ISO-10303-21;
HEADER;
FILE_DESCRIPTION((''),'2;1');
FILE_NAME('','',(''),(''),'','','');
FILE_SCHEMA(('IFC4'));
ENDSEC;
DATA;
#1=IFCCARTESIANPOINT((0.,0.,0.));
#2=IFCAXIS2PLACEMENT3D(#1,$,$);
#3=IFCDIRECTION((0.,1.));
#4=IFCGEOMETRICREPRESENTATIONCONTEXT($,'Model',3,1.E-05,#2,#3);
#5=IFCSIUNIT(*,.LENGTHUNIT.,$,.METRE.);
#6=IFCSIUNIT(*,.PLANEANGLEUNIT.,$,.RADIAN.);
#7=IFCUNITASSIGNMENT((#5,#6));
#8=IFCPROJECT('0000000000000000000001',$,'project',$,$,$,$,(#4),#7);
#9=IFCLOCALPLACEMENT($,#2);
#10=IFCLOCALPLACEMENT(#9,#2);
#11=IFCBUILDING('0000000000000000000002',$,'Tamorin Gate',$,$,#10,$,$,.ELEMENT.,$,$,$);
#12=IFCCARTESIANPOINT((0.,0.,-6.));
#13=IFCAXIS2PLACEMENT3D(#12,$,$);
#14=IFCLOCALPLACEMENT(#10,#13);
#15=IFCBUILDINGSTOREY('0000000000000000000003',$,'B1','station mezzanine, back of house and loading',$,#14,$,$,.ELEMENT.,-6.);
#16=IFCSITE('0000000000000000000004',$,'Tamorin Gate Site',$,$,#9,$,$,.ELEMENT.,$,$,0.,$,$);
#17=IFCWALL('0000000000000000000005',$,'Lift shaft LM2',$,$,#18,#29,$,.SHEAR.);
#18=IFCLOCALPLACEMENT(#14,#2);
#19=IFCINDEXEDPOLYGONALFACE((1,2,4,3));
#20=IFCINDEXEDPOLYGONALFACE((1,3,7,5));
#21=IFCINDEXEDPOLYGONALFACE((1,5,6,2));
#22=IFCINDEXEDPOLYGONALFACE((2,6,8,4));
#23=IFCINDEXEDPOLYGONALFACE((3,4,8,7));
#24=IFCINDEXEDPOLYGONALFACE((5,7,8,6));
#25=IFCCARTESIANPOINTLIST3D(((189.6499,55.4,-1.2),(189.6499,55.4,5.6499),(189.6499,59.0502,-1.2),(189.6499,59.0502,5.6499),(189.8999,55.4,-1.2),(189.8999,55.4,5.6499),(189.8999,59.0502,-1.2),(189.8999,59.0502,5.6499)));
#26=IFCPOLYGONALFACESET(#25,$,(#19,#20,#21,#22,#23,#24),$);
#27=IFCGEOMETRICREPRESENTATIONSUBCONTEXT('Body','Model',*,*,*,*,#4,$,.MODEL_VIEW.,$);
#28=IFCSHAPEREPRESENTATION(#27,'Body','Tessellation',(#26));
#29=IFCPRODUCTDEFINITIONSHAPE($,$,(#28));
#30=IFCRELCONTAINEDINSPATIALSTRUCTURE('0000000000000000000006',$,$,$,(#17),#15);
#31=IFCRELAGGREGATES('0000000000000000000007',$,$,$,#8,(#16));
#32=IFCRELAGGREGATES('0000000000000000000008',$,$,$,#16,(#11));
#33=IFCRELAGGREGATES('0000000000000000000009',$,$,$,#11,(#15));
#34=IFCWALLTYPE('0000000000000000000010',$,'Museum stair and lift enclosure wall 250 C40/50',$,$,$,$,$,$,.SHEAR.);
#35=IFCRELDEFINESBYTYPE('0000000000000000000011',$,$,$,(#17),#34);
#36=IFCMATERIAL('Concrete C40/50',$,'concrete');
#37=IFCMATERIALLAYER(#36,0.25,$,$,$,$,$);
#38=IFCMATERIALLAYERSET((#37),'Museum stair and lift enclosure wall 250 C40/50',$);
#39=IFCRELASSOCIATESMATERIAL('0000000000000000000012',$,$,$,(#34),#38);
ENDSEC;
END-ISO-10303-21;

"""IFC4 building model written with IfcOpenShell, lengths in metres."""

from ifc_helpers import new_model, si_unit, direction, frame, frame_2d, origin, place, context, subcontext, project, spatial, rectangle, extrude, material, layer, layer_set, type_object, element, save


model = new_model("IFC4")

# Units and contexts
model_context = context("Model", 3, precision=1e-05, world=origin(), true_north=direction((0.0, 1.0)))
body_context = subcontext(model_context, "Body", "Model", "MODEL_VIEW")
ifc_project = project(units=[si_unit("LENGTHUNIT", "METRE"), si_unit("PLANEANGLEUNIT", "RADIAN")], contexts=[model_context])

# Site, building, storey
site_placement = place(None, origin())
site = spatial("IfcSite", under=ifc_project, at=site_placement, Name="Tamorin Gate Site", CompositionType="ELEMENT", RefElevation=0.0)
building_placement = place(site_placement, origin())
building = spatial("IfcBuilding", under=site, at=building_placement, Name="Tamorin Gate", CompositionType="ELEMENT")
storey_placement = place(building_placement, frame((0.0, 0.0, -6.0)))
storey = spatial("IfcBuildingStorey", under=building, at=storey_placement, Name="B1", Description="station mezzanine, back of house and loading", CompositionType="ELEMENT", Elevation=-6.0)

# Shared definitions
ifc_material_1 = material(Name="Concrete C40/50", Category="concrete")

# Shared definitions
ifc_layer = layer(ifc_material_1, 0.25)
ifc_layer_set = layer_set([ifc_layer], Name="Museum stair and lift enclosure wall 250 C40/50")
wall_type = type_object("IfcWallType", Name="Museum stair and lift enclosure wall 250 C40/50", PredefinedType="SHEAR", material=ifc_layer_set)

# Wall
for number, where, z_axis, x_axis, name in (
    (1, (189.7749, 55.3999, -1.2), (0.0, 0.0, 1.0), (0.0, 1.0, 0.0), "Lift shaft LM2"),
):
    element("IfcWall", number, at=place(storey_placement, frame(where, z_axis=z_axis, x_axis=x_axis)), inside=storey, type_object=wall_type, Name=name, PredefinedType="SHEAR", context=body_context, shape_type="SweptSolid", body=[
        extrude(rectangle(XDim=3.6501, YDim=0.25, at=frame_2d((1.8252, 0.0))), origin(), (0.0, 0.0, 1.0), 6.8499),
    ])

save(model, "model.ifc")
